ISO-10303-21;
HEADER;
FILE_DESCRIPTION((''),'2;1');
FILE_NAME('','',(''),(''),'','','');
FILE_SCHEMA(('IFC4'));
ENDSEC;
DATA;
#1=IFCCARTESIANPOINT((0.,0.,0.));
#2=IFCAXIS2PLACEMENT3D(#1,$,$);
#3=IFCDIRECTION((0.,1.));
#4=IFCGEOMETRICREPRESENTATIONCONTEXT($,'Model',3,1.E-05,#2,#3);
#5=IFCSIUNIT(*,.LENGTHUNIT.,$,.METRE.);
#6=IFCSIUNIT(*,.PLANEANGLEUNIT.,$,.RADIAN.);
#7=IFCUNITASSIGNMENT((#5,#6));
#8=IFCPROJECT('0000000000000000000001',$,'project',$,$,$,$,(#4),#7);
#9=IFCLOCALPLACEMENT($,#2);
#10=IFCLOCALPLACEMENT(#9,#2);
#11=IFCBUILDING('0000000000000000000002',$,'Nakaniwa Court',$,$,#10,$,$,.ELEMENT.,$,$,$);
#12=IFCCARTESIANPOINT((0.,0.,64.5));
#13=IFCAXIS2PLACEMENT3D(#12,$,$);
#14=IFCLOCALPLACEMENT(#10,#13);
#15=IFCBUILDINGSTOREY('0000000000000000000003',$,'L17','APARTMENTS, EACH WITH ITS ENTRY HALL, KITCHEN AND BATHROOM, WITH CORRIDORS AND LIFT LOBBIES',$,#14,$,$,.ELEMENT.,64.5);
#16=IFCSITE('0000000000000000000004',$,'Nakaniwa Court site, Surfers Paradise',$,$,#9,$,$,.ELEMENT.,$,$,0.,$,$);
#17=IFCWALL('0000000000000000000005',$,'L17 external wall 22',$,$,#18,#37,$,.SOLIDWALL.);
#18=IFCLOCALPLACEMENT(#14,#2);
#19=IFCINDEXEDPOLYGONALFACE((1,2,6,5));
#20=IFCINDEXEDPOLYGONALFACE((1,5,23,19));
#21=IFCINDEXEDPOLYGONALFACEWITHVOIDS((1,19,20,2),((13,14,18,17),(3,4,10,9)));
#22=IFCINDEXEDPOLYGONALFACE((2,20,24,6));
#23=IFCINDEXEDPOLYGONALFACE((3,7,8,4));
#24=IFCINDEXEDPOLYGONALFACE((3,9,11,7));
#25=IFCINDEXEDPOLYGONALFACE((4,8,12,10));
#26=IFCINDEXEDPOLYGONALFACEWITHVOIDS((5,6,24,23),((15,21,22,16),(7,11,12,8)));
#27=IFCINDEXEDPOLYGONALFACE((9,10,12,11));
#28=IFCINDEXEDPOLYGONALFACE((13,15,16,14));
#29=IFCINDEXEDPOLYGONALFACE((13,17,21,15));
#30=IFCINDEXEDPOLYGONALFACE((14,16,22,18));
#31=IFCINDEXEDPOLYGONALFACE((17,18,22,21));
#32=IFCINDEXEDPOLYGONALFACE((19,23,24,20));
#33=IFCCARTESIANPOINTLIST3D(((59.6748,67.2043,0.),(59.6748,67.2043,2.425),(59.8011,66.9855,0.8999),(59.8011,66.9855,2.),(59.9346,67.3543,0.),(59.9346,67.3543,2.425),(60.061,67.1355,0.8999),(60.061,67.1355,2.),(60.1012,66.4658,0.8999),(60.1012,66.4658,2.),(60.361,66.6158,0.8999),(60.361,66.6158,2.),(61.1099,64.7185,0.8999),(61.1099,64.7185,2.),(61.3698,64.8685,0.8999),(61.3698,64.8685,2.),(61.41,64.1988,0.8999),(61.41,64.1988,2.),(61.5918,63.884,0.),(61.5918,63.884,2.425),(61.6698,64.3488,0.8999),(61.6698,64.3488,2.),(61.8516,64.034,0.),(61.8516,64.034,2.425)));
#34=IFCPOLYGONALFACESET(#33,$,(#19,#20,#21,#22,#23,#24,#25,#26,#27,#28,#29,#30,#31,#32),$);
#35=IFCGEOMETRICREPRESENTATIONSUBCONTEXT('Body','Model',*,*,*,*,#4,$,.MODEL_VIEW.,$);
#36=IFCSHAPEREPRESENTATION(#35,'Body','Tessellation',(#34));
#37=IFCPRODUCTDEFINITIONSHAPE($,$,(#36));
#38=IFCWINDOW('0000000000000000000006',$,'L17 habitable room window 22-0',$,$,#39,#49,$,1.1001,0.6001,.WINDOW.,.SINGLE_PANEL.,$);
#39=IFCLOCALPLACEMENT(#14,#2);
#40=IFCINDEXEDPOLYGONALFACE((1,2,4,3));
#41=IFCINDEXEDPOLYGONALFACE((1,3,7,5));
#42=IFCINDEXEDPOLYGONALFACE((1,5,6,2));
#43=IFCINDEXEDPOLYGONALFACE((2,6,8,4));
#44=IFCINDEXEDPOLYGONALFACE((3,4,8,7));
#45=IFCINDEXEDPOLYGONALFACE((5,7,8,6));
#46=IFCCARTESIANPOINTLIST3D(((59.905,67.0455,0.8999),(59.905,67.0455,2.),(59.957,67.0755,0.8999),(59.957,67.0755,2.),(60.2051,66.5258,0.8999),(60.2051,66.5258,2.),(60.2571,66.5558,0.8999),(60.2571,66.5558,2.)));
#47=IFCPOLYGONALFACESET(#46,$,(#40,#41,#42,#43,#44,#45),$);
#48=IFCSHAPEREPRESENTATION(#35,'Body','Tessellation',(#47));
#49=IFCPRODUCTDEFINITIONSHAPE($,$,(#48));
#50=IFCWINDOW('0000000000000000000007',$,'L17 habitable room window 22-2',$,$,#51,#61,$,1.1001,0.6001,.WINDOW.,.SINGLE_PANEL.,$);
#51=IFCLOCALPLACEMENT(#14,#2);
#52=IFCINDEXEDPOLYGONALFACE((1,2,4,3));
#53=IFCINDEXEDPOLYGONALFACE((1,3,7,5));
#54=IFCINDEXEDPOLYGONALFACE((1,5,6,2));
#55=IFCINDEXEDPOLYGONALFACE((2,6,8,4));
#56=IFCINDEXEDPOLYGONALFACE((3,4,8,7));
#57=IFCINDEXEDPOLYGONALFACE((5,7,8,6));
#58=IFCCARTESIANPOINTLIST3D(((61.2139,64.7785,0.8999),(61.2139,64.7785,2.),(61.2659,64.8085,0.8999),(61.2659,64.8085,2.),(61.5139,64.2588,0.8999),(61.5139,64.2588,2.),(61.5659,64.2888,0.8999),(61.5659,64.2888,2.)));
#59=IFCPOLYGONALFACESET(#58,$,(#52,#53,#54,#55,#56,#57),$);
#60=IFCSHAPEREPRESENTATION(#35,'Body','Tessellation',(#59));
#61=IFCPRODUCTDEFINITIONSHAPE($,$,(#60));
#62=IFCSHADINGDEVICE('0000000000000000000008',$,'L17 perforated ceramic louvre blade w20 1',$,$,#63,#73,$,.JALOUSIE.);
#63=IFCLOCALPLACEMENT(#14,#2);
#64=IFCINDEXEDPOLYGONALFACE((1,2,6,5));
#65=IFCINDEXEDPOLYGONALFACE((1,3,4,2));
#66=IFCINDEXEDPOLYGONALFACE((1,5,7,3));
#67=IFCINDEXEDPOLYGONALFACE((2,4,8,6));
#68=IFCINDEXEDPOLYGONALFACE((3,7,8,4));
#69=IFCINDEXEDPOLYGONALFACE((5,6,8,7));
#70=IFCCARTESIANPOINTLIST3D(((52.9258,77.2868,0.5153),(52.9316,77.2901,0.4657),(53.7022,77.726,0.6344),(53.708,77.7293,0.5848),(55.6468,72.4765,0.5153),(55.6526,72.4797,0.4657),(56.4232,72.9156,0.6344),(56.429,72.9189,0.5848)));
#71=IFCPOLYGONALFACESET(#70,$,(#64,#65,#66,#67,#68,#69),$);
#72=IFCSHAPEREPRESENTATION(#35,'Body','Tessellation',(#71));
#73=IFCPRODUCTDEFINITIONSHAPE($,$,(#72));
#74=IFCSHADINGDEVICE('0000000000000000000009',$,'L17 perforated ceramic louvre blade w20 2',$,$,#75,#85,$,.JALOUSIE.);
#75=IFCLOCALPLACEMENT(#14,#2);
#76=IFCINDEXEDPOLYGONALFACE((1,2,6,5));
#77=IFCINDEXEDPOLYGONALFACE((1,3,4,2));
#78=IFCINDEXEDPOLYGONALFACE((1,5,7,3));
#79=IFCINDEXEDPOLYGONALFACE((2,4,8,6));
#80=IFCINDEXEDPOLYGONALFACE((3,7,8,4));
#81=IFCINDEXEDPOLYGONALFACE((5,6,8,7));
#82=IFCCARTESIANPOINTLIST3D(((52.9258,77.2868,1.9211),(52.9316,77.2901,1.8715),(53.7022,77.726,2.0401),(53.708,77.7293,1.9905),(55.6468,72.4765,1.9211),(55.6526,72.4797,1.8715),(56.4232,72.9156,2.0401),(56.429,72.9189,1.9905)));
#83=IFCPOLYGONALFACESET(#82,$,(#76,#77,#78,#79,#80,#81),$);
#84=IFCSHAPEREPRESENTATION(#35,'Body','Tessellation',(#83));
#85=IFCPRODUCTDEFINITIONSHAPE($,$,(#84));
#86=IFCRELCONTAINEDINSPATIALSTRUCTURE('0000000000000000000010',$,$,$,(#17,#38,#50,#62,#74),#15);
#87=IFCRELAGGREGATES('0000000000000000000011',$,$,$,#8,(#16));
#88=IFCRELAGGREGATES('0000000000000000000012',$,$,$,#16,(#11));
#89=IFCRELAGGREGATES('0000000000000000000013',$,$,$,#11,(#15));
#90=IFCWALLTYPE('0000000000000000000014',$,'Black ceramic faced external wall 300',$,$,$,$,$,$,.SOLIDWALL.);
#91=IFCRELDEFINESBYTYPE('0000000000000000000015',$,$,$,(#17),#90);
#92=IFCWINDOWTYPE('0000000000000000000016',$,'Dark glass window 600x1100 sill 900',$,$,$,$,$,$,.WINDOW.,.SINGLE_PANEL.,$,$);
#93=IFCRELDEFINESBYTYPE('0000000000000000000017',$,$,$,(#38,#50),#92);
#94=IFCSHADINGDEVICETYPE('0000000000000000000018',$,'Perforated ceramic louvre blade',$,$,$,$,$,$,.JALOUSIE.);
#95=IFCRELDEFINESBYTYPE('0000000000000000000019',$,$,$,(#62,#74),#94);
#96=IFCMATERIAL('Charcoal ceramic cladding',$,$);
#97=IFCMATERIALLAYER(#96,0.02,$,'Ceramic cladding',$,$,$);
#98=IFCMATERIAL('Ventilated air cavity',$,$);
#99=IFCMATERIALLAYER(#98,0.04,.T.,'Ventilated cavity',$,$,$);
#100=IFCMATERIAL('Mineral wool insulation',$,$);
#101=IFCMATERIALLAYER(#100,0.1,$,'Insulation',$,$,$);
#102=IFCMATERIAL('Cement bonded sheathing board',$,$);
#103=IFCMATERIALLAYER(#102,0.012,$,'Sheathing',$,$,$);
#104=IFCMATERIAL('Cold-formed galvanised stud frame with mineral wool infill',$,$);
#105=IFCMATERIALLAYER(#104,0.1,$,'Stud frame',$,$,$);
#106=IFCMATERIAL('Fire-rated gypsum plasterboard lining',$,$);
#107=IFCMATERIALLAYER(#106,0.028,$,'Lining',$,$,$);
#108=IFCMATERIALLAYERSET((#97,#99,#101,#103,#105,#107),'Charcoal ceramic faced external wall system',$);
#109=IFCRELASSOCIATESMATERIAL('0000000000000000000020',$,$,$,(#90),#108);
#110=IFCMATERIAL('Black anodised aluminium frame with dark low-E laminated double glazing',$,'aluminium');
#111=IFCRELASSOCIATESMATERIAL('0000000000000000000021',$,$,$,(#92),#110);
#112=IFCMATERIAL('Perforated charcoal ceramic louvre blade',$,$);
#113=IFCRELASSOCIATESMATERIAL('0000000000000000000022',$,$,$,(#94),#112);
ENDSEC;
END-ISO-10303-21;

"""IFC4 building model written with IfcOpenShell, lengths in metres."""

from ifc_helpers import new_model, si_unit, direction, frame, frame_2d, origin, origin_2d, place, context, subcontext, project, spatial, rectangle, extrude, material, layer, layer_set, material_profile, profile_set, type_object, element, fill, save


model = new_model("IFC4")

# Units and contexts
model_context = context("Model", 3, precision=1e-05, world=origin(), true_north=direction((0.0, 1.0)))
body_context = subcontext(model_context, "Body", "Model", "MODEL_VIEW")
ifc_project = project(units=[si_unit("LENGTHUNIT", "METRE"), si_unit("PLANEANGLEUNIT", "RADIAN")], contexts=[model_context])

# Site, building, storey
site_placement = place(None, origin())
site = spatial("IfcSite", under=ifc_project, at=site_placement, Name="Nakaniwa Court site, Surfers Paradise", CompositionType="ELEMENT", RefElevation=0.0)
building_placement = place(site_placement, origin())
building = spatial("IfcBuilding", under=site, at=building_placement, Name="Nakaniwa Court", CompositionType="ELEMENT")
storey_placement = place(building_placement, frame((0.0, 0.0, 64.5)))
storey = spatial("IfcBuildingStorey", under=building, at=storey_placement, Name="L17", Description="APARTMENTS, EACH WITH ITS ENTRY HALL, KITCHEN AND BATHROOM, WITH CORRIDORS AND LIFT LOBBIES", CompositionType="ELEMENT", Elevation=64.5)

# Shared definitions
ifc_material_1 = material(Name="Charcoal ceramic cladding")
ifc_layer_1 = layer(ifc_material_1, 0.02, Name="Ceramic cladding")
ifc_material_2 = material(Name="Ventilated air cavity")
ifc_layer_2 = layer(ifc_material_2, 0.04, ventilated=True, Name="Ventilated cavity")
ifc_material_3 = material(Name="Mineral wool insulation")
ifc_layer_3 = layer(ifc_material_3, 0.1, Name="Insulation")
ifc_material_4 = material(Name="Cement bonded sheathing board")
ifc_layer_4 = layer(ifc_material_4, 0.012, Name="Sheathing")
ifc_material_5 = material(Name="Cold-formed galvanised stud frame with mineral wool infill")
ifc_layer_5 = layer(ifc_material_5, 0.1, Name="Stud frame")
ifc_material_6 = material(Name="Fire-rated gypsum plasterboard lining")
ifc_layer_6 = layer(ifc_material_6, 0.028, Name="Lining")
ifc_layer_set = layer_set([ifc_layer_1, ifc_layer_2, ifc_layer_3, ifc_layer_4, ifc_layer_5, ifc_layer_6], Name="Charcoal ceramic faced external wall system")
wall_type = type_object("IfcWallType", Name="Black ceramic faced external wall 300", PredefinedType="SOLIDWALL", material=ifc_layer_set)
ifc_material_7 = material(Name="Black anodised aluminium frame with dark low-E laminated double glazing", Category="aluminium")

# Wall, openings, windows
wall_1_placement = place(storey_placement, frame((59.8047, 67.2793, 0.0), z_axis=(0.0, 0.0, 1.0), x_axis=(0.500002, -0.866024, 0.0)))
wall_1 = element("IfcWall", 1, at=wall_1_placement, inside=storey, type_object=wall_type, Name="L17 external wall 22", PredefinedType="SOLIDWALL", context=body_context, shape_type="SweptSolid", body=[
    extrude(rectangle(XDim=3.834, YDim=0.3, at=frame_2d((1.917, 0.0))), origin(), (0.0, 0.0, 1.0), 2.425),
])
opening_1_placement = place(wall_1_placement, frame((0.2527, 0.0, 0.8999)))
opening_1 = element("IfcOpeningElement", 2, at=opening_1_placement, cuts=wall_1, PredefinedType="OPENING", context=body_context, shape_type="SweptSolid", body=[
    extrude(rectangle(XDim=0.6001, YDim=1.1001, at=frame_2d((0.3, 0.55))), frame((0.0, 0.1599, 0.0), z_axis=(0.0, -1.0, 0.0), x_axis=(1.0, 0.0, 0.0)), (0.0, 0.0, 1.0), 0.3201),
])
opening_2_placement = place(wall_1_placement, frame((2.8704, 0.0, 0.8999)))
opening_2 = element("IfcOpeningElement", 3, at=opening_2_placement, cuts=wall_1, PredefinedType="OPENING", context=body_context, shape_type="SweptSolid", body=[
    extrude(rectangle(XDim=0.6001, YDim=1.1001, at=frame_2d((0.3, 0.55))), frame((0.0, 0.1599, 0.0), z_axis=(0.0, -1.0, 0.0), x_axis=(1.0, 0.0, 0.0)), (0.0, 0.0, 1.0), 0.3201),
])
window_type_1 = type_object("IfcWindowType", Name="Dark glass window 600x1100 sill 900", PartitioningType="SINGLE_PANEL", PredefinedType="WINDOW", material=ifc_material_7)
window_1_placement = place(opening_1_placement, origin())
window_1 = element("IfcWindow", 4, at=window_1_placement, inside=storey, type_object=window_type_1, Name="L17 habitable room window 22-0", OverallHeight=1.1001, OverallWidth=0.6001, PartitioningType="SINGLE_PANEL", PredefinedType="WINDOW", context=body_context, shape_type="SweptSolid", body=[
    extrude(rectangle(XDim=0.6001, YDim=1.1001, at=frame_2d((0.3, 0.55))), frame((0.0, 0.03, 0.0), z_axis=(0.0, -1.0, 0.0), x_axis=(1.0, 0.0, 0.0)), (0.0, 0.0, 1.0), 0.0601),
])
fill(opening_1, window_1)
window_2_placement = place(opening_2_placement, origin())
window_2 = element("IfcWindow", 5, at=window_2_placement, inside=storey, type_object=window_type_1, Name="L17 habitable room window 22-2", OverallHeight=1.1001, OverallWidth=0.6001, PartitioningType="SINGLE_PANEL", PredefinedType="WINDOW", context=body_context, shape_type="SweptSolid", body=[
    extrude(rectangle(XDim=0.6001, YDim=1.1001, at=frame_2d((0.3, 0.55))), frame((0.0, 0.03, 0.0), z_axis=(0.0, -1.0, 0.0), x_axis=(1.0, 0.0, 0.0)), (0.0, 0.0, 1.0), 0.0601),
])
fill(opening_2, window_2)

# Shading devices
ifc_material_8 = material(Name="Perforated charcoal ceramic louvre blade")
ifc_material_profile_1 = material_profile(ifc_material_8, rectangle(XDim=0.8999, YDim=0.05, at=origin_2d()), Name="Perforated ceramic louvre blade")
ifc_profile_set_1 = profile_set([ifc_material_profile_1], Name="Perforated charcoal ceramic louvre blade")
shading_device_type = type_object("IfcShadingDeviceType", Name="Perforated ceramic louvre blade", PredefinedType="JALOUSIE", material=ifc_profile_set_1)
for number, where, z_axis, x_axis, name in (
    (6, (53.3169, 77.5081, 0.55), (0.492343, -0.870402, 0.0), (0.862756, 0.488018, 0.132256), "L17 perforated ceramic louvre blade w20 1"),
    (7, (53.3169, 77.5081, 1.9558), (0.492343, -0.870402, 0.0), (0.862756, 0.488018, 0.132256), "L17 perforated ceramic louvre blade w20 2"),
):
    element("IfcShadingDevice", number, at=place(storey_placement, frame(where, z_axis=z_axis, x_axis=x_axis)), inside=storey, type_object=shading_device_type, Name=name, PredefinedType="JALOUSIE", context=body_context, shape_type="SweptSolid", body=[
        extrude(rectangle(XDim=0.8999, YDim=0.05, at=origin_2d()), origin(), (0.0, 0.0, 1.0), 5.5266),
    ])

save(model, "model.ifc")
